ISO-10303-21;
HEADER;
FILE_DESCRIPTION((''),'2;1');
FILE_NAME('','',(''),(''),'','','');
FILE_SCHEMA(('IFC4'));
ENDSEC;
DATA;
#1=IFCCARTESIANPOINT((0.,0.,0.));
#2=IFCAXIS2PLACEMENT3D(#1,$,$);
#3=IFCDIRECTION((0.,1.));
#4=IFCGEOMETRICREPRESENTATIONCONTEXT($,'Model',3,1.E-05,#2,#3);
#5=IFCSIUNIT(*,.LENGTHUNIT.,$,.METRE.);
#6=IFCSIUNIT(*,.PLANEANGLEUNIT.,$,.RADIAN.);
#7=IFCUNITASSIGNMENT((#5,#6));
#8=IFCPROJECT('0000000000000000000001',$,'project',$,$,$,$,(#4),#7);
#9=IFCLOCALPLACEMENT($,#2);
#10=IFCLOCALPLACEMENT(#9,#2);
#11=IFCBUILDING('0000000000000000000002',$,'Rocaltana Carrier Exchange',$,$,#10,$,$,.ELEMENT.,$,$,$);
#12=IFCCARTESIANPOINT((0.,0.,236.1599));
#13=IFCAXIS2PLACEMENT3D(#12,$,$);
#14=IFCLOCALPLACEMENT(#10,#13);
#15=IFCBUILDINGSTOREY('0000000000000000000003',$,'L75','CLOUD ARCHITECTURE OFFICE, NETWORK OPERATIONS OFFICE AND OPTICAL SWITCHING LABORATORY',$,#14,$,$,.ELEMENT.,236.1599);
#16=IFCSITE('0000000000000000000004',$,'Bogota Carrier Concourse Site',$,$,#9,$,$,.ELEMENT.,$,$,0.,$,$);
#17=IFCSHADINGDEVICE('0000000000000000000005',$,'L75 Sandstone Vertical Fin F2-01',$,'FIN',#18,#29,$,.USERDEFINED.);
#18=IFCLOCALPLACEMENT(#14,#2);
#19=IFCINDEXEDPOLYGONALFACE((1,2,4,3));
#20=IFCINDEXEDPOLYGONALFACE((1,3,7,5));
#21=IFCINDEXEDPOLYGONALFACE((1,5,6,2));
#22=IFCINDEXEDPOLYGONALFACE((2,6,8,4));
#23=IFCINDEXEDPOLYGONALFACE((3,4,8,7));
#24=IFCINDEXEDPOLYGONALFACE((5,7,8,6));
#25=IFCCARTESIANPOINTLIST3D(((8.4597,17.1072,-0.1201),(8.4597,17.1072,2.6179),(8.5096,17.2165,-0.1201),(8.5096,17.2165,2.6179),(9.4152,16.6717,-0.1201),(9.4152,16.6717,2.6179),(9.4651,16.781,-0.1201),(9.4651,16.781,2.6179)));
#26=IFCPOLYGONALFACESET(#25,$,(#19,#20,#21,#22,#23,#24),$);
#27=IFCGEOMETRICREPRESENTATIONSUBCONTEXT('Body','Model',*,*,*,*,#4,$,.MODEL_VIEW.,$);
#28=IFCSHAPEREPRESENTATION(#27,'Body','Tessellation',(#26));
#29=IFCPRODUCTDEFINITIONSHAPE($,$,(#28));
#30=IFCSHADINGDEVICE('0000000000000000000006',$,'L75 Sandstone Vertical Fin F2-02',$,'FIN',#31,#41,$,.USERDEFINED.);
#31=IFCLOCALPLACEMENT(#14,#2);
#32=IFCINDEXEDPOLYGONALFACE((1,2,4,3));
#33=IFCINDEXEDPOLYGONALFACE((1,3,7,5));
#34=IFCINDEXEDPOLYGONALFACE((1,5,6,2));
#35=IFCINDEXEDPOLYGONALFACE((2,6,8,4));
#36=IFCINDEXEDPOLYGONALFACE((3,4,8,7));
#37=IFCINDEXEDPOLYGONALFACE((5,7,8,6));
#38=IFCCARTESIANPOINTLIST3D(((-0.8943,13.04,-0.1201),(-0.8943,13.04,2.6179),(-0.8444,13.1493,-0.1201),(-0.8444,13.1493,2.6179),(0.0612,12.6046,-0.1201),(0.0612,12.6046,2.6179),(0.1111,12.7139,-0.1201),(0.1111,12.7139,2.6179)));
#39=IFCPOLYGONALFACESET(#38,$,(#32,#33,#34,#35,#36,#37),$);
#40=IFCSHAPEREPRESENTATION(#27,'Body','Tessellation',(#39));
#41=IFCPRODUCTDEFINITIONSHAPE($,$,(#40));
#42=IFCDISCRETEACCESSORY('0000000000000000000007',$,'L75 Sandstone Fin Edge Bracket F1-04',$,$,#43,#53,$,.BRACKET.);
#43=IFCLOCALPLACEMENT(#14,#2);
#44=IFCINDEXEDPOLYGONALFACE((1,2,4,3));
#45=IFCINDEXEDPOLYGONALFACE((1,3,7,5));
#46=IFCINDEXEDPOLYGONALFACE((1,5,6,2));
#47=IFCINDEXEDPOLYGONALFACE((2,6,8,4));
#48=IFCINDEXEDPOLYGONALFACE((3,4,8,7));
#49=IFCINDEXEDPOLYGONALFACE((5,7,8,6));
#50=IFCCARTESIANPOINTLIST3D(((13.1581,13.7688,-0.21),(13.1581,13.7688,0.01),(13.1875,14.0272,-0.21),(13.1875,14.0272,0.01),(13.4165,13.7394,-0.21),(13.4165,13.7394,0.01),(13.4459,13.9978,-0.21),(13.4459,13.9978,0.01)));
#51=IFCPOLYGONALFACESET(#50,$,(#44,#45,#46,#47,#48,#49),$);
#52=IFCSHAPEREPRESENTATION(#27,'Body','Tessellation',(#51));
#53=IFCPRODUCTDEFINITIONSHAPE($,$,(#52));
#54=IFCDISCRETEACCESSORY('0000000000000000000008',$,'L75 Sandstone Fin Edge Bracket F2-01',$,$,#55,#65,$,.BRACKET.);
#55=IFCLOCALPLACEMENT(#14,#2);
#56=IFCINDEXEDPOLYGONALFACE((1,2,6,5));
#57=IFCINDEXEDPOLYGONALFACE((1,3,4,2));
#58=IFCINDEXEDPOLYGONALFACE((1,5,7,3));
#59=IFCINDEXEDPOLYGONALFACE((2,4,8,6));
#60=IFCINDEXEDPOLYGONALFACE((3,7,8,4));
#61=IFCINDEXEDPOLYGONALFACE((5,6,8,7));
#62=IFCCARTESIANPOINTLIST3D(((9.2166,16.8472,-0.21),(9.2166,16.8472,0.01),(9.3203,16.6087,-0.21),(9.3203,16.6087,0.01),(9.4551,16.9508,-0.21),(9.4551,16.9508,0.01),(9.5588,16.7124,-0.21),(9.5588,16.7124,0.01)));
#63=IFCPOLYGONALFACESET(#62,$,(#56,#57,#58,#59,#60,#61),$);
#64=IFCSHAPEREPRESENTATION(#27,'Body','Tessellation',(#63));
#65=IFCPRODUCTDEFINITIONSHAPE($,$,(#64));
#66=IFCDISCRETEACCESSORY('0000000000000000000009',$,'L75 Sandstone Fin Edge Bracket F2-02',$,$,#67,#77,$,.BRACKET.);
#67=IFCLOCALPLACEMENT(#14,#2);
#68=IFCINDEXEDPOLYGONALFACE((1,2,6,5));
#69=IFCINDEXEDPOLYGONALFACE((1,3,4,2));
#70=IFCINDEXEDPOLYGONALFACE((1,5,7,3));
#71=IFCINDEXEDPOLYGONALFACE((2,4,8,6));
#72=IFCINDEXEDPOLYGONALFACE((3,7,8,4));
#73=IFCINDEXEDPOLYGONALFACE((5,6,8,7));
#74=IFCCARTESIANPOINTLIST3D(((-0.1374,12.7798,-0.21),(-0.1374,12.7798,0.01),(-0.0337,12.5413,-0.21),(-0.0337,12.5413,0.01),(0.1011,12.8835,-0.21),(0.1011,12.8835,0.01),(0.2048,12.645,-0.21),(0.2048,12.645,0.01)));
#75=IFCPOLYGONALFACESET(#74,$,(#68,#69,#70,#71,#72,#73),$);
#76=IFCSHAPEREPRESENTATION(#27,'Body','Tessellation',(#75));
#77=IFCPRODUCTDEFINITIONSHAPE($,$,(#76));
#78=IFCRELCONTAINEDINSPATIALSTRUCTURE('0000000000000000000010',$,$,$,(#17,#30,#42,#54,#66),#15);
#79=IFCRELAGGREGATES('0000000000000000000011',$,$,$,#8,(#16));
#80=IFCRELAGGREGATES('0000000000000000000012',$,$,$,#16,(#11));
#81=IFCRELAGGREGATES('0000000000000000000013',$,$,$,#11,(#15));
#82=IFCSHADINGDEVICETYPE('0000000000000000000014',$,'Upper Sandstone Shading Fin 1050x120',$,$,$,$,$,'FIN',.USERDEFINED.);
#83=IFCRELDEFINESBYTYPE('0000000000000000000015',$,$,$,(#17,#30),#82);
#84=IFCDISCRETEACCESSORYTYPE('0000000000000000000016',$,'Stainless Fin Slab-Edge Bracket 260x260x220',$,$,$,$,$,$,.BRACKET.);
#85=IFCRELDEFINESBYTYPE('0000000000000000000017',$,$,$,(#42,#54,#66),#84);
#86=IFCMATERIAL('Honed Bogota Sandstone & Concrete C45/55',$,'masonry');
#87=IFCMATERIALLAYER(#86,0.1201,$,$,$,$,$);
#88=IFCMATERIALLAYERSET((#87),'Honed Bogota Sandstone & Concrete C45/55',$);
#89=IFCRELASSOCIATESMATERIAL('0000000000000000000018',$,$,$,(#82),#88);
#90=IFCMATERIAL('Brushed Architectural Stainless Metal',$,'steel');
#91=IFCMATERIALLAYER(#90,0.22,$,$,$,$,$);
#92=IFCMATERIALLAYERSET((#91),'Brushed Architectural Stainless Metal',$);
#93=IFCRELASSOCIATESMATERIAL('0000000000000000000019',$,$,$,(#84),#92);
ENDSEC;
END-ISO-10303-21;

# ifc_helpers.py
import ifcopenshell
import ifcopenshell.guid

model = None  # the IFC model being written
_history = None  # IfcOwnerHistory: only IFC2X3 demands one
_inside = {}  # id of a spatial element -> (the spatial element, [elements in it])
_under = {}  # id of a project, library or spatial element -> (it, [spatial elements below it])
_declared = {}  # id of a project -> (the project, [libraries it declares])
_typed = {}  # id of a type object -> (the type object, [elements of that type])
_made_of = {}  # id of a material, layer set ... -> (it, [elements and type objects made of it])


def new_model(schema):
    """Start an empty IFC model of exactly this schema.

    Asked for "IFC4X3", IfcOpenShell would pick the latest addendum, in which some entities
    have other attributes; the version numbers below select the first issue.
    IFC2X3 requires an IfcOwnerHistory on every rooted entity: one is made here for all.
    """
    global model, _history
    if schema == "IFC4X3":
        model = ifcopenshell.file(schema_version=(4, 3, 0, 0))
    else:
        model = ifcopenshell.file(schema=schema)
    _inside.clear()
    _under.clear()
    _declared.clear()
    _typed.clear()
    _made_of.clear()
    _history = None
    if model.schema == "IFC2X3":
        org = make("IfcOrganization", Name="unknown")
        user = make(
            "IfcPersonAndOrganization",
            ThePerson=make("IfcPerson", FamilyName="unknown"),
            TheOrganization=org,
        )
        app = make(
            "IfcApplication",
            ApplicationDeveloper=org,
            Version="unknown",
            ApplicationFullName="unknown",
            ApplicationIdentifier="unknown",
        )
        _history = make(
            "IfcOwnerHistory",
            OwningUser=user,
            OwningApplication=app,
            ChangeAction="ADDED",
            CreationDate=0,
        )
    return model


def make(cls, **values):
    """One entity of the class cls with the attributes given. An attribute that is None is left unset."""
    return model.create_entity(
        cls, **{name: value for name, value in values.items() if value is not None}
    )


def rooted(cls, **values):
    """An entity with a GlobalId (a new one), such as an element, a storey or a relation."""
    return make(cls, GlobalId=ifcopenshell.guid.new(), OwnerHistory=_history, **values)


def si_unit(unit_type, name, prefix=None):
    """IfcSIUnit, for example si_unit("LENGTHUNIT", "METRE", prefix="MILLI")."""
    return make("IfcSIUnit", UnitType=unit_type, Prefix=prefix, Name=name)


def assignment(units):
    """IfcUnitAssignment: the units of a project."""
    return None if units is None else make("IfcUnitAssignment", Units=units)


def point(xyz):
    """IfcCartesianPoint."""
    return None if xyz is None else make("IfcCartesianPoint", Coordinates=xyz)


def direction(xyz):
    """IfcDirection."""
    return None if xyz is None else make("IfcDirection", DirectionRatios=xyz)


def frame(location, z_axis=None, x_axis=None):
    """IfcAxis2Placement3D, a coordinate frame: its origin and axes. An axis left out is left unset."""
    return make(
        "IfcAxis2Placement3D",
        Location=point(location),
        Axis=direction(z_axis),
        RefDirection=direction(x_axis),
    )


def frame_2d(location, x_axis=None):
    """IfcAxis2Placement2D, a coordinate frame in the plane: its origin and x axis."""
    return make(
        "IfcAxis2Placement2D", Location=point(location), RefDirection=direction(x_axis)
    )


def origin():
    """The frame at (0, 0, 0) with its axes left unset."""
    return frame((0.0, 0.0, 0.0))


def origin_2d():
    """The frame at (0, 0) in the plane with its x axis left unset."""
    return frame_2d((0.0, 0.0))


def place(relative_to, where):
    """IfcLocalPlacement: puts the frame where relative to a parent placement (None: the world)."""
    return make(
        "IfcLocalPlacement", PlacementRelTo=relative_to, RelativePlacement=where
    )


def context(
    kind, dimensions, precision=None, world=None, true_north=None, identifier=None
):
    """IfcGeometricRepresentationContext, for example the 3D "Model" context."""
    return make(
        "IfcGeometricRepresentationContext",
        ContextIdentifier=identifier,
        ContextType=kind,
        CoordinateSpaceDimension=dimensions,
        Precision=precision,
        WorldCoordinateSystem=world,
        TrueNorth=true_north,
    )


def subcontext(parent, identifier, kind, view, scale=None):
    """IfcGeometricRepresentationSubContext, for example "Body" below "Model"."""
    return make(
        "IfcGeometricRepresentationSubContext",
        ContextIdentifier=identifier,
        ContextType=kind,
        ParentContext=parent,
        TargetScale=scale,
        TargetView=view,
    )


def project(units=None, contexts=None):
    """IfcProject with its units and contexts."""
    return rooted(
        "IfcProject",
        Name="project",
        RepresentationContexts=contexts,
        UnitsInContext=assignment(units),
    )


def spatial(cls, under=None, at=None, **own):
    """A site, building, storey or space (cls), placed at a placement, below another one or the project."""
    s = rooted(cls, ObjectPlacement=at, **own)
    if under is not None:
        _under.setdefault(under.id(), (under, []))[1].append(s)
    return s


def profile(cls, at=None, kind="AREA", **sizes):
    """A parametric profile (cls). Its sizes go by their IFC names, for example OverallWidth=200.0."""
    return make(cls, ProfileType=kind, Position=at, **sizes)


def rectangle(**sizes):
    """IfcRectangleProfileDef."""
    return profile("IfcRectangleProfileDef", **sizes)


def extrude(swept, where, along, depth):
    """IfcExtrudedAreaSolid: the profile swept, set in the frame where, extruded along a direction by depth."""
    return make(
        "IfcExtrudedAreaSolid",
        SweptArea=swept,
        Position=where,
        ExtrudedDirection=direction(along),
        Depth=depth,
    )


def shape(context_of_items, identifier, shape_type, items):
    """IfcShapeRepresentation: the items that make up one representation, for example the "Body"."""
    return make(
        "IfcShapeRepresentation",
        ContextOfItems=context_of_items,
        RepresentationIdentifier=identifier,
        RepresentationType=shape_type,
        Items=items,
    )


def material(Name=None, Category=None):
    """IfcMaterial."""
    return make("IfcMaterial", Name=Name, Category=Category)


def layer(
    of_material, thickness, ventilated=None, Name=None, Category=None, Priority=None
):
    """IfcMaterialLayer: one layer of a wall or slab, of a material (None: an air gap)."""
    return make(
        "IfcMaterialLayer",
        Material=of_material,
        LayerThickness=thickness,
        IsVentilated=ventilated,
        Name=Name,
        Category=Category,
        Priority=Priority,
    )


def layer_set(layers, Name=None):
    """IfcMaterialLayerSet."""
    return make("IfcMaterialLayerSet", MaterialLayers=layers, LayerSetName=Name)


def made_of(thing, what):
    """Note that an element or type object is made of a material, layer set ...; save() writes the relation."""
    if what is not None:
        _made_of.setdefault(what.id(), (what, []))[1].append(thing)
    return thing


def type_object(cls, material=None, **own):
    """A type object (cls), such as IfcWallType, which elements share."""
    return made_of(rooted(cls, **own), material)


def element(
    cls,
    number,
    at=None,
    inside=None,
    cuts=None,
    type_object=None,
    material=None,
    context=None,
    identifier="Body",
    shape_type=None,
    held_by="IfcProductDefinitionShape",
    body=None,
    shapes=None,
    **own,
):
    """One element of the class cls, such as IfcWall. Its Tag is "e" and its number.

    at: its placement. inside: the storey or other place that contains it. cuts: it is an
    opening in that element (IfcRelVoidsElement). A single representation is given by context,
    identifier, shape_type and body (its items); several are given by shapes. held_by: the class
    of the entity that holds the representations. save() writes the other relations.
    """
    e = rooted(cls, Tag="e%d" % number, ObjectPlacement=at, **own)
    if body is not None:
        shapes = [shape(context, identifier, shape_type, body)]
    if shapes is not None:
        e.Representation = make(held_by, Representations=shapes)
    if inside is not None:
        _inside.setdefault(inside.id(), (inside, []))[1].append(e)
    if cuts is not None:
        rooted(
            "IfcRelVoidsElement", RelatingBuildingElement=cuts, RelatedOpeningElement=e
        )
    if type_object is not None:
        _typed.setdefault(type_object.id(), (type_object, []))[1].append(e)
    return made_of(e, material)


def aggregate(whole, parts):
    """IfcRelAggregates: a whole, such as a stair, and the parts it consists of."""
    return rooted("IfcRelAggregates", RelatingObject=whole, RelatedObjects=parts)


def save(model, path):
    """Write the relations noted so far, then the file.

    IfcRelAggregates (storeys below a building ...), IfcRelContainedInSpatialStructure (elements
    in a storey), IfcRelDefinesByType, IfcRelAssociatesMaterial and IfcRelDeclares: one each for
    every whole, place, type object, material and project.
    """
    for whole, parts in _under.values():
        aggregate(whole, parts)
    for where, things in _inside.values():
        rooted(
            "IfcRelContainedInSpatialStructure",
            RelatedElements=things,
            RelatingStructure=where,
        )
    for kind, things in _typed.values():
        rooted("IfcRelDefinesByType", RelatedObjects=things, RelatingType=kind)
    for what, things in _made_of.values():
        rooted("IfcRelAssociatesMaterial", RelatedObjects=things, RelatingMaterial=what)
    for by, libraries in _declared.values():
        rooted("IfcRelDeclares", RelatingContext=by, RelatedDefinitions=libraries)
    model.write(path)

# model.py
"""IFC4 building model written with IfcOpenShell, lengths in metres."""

from ifc_helpers import new_model, si_unit, direction, frame, origin, origin_2d, place, context, subcontext, project, spatial, rectangle, extrude, material, layer, layer_set, type_object, element, save


model = new_model("IFC4")

# Units and contexts
model_context = context("Model", 3, precision=1e-05, world=origin(), true_north=direction((0.0, 1.0)))
body_context = subcontext(model_context, "Body", "Model", "MODEL_VIEW")
ifc_project = project(units=[si_unit("LENGTHUNIT", "METRE"), si_unit("PLANEANGLEUNIT", "RADIAN")], contexts=[model_context])

# Site, building, storey
site_placement = place(None, origin())
site = spatial("IfcSite", under=ifc_project, at=site_placement, Name="Bogota Carrier Concourse Site", CompositionType="ELEMENT", RefElevation=0.0)
building_placement = place(site_placement, origin())
building = spatial("IfcBuilding", under=site, at=building_placement, Name="Rocaltana Carrier Exchange", CompositionType="ELEMENT")
storey_placement = place(building_placement, frame((0.0, 0.0, 236.1599)))
storey = spatial("IfcBuildingStorey", under=building, at=storey_placement, Name="L75", Description="CLOUD ARCHITECTURE OFFICE, NETWORK OPERATIONS OFFICE AND OPTICAL SWITCHING LABORATORY", CompositionType="ELEMENT", Elevation=236.1599)

# Shading devices
ifc_material_1 = material(Name="Honed Bogota Sandstone & Concrete C45/55", Category="masonry")
ifc_layer_1 = layer(ifc_material_1, 0.1201)
ifc_layer_set_1 = layer_set([ifc_layer_1], Name="Honed Bogota Sandstone & Concrete C45/55")
shading_device_type = type_object("IfcShadingDeviceType", Name="Upper Sandstone Shading Fin 1050x120", ElementType="FIN", PredefinedType="USERDEFINED", material=ifc_layer_set_1)
for number, where, z_axis, x_axis, name in (
    (1, (8.9624, 16.9441, -0.1201), (0.0, 0.0, 1.0), (-0.909961, 0.414693, 0.0), "L75 Sandstone Vertical Fin F2-01"),
    (2, (-0.3916, 12.877, -0.1201), (0.0, 0.0, 1.0), (-0.909961, 0.414693, 0.0), "L75 Sandstone Vertical Fin F2-02"),
):
    element("IfcShadingDevice", number, at=place(storey_placement, frame(where, z_axis=z_axis, x_axis=x_axis)), inside=storey, type_object=shading_device_type, Name=name, ObjectType="FIN", PredefinedType="USERDEFINED", context=body_context, shape_type="SweptSolid", body=[
        extrude(rectangle(XDim=1.05, YDim=0.1201, at=origin_2d()), origin(), (0.0, 0.0, 1.0), 2.738),
    ])

# Discrete accessories
ifc_material_2 = material(Name="Brushed Architectural Stainless Metal", Category="steel")
ifc_layer_2 = layer(ifc_material_2, 0.22)
ifc_layer_set_2 = layer_set([ifc_layer_2], Name="Brushed Architectural Stainless Metal")
discrete_accessory_type = type_object("IfcDiscreteAccessoryType", Name="Stainless Fin Slab-Edge Bracket 260x260x220", PredefinedType="BRACKET", material=ifc_layer_set_2)
for number, where, z_axis, x_axis, name in (
    (3, (13.302, 13.8833, -0.21), (0.0, 0.0, 1.0), (0.113203, 0.993572, 0.0), "L75 Sandstone Fin Edge Bracket F1-04"),
    (4, (9.3877, 16.7798, -0.21), (0.0, 0.0, 1.0), (-0.91706, -0.398749, 0.0), "L75 Sandstone Fin Edge Bracket F2-01"),
    (5, (0.0337, 12.7124, -0.21), (0.0, 0.0, 1.0), (-0.91706, -0.398749, 0.0), "L75 Sandstone Fin Edge Bracket F2-02"),
):
    element("IfcDiscreteAccessory", number, at=place(storey_placement, frame(where, z_axis=z_axis, x_axis=x_axis)), inside=storey, type_object=discrete_accessory_type, Name=name, PredefinedType="BRACKET", context=body_context, shape_type="SweptSolid", body=[
        extrude(rectangle(XDim=0.26, YDim=0.26, at=origin_2d()), origin(), (0.0, 0.0, 1.0), 0.22),
    ])

save(model, "model.ifc")
